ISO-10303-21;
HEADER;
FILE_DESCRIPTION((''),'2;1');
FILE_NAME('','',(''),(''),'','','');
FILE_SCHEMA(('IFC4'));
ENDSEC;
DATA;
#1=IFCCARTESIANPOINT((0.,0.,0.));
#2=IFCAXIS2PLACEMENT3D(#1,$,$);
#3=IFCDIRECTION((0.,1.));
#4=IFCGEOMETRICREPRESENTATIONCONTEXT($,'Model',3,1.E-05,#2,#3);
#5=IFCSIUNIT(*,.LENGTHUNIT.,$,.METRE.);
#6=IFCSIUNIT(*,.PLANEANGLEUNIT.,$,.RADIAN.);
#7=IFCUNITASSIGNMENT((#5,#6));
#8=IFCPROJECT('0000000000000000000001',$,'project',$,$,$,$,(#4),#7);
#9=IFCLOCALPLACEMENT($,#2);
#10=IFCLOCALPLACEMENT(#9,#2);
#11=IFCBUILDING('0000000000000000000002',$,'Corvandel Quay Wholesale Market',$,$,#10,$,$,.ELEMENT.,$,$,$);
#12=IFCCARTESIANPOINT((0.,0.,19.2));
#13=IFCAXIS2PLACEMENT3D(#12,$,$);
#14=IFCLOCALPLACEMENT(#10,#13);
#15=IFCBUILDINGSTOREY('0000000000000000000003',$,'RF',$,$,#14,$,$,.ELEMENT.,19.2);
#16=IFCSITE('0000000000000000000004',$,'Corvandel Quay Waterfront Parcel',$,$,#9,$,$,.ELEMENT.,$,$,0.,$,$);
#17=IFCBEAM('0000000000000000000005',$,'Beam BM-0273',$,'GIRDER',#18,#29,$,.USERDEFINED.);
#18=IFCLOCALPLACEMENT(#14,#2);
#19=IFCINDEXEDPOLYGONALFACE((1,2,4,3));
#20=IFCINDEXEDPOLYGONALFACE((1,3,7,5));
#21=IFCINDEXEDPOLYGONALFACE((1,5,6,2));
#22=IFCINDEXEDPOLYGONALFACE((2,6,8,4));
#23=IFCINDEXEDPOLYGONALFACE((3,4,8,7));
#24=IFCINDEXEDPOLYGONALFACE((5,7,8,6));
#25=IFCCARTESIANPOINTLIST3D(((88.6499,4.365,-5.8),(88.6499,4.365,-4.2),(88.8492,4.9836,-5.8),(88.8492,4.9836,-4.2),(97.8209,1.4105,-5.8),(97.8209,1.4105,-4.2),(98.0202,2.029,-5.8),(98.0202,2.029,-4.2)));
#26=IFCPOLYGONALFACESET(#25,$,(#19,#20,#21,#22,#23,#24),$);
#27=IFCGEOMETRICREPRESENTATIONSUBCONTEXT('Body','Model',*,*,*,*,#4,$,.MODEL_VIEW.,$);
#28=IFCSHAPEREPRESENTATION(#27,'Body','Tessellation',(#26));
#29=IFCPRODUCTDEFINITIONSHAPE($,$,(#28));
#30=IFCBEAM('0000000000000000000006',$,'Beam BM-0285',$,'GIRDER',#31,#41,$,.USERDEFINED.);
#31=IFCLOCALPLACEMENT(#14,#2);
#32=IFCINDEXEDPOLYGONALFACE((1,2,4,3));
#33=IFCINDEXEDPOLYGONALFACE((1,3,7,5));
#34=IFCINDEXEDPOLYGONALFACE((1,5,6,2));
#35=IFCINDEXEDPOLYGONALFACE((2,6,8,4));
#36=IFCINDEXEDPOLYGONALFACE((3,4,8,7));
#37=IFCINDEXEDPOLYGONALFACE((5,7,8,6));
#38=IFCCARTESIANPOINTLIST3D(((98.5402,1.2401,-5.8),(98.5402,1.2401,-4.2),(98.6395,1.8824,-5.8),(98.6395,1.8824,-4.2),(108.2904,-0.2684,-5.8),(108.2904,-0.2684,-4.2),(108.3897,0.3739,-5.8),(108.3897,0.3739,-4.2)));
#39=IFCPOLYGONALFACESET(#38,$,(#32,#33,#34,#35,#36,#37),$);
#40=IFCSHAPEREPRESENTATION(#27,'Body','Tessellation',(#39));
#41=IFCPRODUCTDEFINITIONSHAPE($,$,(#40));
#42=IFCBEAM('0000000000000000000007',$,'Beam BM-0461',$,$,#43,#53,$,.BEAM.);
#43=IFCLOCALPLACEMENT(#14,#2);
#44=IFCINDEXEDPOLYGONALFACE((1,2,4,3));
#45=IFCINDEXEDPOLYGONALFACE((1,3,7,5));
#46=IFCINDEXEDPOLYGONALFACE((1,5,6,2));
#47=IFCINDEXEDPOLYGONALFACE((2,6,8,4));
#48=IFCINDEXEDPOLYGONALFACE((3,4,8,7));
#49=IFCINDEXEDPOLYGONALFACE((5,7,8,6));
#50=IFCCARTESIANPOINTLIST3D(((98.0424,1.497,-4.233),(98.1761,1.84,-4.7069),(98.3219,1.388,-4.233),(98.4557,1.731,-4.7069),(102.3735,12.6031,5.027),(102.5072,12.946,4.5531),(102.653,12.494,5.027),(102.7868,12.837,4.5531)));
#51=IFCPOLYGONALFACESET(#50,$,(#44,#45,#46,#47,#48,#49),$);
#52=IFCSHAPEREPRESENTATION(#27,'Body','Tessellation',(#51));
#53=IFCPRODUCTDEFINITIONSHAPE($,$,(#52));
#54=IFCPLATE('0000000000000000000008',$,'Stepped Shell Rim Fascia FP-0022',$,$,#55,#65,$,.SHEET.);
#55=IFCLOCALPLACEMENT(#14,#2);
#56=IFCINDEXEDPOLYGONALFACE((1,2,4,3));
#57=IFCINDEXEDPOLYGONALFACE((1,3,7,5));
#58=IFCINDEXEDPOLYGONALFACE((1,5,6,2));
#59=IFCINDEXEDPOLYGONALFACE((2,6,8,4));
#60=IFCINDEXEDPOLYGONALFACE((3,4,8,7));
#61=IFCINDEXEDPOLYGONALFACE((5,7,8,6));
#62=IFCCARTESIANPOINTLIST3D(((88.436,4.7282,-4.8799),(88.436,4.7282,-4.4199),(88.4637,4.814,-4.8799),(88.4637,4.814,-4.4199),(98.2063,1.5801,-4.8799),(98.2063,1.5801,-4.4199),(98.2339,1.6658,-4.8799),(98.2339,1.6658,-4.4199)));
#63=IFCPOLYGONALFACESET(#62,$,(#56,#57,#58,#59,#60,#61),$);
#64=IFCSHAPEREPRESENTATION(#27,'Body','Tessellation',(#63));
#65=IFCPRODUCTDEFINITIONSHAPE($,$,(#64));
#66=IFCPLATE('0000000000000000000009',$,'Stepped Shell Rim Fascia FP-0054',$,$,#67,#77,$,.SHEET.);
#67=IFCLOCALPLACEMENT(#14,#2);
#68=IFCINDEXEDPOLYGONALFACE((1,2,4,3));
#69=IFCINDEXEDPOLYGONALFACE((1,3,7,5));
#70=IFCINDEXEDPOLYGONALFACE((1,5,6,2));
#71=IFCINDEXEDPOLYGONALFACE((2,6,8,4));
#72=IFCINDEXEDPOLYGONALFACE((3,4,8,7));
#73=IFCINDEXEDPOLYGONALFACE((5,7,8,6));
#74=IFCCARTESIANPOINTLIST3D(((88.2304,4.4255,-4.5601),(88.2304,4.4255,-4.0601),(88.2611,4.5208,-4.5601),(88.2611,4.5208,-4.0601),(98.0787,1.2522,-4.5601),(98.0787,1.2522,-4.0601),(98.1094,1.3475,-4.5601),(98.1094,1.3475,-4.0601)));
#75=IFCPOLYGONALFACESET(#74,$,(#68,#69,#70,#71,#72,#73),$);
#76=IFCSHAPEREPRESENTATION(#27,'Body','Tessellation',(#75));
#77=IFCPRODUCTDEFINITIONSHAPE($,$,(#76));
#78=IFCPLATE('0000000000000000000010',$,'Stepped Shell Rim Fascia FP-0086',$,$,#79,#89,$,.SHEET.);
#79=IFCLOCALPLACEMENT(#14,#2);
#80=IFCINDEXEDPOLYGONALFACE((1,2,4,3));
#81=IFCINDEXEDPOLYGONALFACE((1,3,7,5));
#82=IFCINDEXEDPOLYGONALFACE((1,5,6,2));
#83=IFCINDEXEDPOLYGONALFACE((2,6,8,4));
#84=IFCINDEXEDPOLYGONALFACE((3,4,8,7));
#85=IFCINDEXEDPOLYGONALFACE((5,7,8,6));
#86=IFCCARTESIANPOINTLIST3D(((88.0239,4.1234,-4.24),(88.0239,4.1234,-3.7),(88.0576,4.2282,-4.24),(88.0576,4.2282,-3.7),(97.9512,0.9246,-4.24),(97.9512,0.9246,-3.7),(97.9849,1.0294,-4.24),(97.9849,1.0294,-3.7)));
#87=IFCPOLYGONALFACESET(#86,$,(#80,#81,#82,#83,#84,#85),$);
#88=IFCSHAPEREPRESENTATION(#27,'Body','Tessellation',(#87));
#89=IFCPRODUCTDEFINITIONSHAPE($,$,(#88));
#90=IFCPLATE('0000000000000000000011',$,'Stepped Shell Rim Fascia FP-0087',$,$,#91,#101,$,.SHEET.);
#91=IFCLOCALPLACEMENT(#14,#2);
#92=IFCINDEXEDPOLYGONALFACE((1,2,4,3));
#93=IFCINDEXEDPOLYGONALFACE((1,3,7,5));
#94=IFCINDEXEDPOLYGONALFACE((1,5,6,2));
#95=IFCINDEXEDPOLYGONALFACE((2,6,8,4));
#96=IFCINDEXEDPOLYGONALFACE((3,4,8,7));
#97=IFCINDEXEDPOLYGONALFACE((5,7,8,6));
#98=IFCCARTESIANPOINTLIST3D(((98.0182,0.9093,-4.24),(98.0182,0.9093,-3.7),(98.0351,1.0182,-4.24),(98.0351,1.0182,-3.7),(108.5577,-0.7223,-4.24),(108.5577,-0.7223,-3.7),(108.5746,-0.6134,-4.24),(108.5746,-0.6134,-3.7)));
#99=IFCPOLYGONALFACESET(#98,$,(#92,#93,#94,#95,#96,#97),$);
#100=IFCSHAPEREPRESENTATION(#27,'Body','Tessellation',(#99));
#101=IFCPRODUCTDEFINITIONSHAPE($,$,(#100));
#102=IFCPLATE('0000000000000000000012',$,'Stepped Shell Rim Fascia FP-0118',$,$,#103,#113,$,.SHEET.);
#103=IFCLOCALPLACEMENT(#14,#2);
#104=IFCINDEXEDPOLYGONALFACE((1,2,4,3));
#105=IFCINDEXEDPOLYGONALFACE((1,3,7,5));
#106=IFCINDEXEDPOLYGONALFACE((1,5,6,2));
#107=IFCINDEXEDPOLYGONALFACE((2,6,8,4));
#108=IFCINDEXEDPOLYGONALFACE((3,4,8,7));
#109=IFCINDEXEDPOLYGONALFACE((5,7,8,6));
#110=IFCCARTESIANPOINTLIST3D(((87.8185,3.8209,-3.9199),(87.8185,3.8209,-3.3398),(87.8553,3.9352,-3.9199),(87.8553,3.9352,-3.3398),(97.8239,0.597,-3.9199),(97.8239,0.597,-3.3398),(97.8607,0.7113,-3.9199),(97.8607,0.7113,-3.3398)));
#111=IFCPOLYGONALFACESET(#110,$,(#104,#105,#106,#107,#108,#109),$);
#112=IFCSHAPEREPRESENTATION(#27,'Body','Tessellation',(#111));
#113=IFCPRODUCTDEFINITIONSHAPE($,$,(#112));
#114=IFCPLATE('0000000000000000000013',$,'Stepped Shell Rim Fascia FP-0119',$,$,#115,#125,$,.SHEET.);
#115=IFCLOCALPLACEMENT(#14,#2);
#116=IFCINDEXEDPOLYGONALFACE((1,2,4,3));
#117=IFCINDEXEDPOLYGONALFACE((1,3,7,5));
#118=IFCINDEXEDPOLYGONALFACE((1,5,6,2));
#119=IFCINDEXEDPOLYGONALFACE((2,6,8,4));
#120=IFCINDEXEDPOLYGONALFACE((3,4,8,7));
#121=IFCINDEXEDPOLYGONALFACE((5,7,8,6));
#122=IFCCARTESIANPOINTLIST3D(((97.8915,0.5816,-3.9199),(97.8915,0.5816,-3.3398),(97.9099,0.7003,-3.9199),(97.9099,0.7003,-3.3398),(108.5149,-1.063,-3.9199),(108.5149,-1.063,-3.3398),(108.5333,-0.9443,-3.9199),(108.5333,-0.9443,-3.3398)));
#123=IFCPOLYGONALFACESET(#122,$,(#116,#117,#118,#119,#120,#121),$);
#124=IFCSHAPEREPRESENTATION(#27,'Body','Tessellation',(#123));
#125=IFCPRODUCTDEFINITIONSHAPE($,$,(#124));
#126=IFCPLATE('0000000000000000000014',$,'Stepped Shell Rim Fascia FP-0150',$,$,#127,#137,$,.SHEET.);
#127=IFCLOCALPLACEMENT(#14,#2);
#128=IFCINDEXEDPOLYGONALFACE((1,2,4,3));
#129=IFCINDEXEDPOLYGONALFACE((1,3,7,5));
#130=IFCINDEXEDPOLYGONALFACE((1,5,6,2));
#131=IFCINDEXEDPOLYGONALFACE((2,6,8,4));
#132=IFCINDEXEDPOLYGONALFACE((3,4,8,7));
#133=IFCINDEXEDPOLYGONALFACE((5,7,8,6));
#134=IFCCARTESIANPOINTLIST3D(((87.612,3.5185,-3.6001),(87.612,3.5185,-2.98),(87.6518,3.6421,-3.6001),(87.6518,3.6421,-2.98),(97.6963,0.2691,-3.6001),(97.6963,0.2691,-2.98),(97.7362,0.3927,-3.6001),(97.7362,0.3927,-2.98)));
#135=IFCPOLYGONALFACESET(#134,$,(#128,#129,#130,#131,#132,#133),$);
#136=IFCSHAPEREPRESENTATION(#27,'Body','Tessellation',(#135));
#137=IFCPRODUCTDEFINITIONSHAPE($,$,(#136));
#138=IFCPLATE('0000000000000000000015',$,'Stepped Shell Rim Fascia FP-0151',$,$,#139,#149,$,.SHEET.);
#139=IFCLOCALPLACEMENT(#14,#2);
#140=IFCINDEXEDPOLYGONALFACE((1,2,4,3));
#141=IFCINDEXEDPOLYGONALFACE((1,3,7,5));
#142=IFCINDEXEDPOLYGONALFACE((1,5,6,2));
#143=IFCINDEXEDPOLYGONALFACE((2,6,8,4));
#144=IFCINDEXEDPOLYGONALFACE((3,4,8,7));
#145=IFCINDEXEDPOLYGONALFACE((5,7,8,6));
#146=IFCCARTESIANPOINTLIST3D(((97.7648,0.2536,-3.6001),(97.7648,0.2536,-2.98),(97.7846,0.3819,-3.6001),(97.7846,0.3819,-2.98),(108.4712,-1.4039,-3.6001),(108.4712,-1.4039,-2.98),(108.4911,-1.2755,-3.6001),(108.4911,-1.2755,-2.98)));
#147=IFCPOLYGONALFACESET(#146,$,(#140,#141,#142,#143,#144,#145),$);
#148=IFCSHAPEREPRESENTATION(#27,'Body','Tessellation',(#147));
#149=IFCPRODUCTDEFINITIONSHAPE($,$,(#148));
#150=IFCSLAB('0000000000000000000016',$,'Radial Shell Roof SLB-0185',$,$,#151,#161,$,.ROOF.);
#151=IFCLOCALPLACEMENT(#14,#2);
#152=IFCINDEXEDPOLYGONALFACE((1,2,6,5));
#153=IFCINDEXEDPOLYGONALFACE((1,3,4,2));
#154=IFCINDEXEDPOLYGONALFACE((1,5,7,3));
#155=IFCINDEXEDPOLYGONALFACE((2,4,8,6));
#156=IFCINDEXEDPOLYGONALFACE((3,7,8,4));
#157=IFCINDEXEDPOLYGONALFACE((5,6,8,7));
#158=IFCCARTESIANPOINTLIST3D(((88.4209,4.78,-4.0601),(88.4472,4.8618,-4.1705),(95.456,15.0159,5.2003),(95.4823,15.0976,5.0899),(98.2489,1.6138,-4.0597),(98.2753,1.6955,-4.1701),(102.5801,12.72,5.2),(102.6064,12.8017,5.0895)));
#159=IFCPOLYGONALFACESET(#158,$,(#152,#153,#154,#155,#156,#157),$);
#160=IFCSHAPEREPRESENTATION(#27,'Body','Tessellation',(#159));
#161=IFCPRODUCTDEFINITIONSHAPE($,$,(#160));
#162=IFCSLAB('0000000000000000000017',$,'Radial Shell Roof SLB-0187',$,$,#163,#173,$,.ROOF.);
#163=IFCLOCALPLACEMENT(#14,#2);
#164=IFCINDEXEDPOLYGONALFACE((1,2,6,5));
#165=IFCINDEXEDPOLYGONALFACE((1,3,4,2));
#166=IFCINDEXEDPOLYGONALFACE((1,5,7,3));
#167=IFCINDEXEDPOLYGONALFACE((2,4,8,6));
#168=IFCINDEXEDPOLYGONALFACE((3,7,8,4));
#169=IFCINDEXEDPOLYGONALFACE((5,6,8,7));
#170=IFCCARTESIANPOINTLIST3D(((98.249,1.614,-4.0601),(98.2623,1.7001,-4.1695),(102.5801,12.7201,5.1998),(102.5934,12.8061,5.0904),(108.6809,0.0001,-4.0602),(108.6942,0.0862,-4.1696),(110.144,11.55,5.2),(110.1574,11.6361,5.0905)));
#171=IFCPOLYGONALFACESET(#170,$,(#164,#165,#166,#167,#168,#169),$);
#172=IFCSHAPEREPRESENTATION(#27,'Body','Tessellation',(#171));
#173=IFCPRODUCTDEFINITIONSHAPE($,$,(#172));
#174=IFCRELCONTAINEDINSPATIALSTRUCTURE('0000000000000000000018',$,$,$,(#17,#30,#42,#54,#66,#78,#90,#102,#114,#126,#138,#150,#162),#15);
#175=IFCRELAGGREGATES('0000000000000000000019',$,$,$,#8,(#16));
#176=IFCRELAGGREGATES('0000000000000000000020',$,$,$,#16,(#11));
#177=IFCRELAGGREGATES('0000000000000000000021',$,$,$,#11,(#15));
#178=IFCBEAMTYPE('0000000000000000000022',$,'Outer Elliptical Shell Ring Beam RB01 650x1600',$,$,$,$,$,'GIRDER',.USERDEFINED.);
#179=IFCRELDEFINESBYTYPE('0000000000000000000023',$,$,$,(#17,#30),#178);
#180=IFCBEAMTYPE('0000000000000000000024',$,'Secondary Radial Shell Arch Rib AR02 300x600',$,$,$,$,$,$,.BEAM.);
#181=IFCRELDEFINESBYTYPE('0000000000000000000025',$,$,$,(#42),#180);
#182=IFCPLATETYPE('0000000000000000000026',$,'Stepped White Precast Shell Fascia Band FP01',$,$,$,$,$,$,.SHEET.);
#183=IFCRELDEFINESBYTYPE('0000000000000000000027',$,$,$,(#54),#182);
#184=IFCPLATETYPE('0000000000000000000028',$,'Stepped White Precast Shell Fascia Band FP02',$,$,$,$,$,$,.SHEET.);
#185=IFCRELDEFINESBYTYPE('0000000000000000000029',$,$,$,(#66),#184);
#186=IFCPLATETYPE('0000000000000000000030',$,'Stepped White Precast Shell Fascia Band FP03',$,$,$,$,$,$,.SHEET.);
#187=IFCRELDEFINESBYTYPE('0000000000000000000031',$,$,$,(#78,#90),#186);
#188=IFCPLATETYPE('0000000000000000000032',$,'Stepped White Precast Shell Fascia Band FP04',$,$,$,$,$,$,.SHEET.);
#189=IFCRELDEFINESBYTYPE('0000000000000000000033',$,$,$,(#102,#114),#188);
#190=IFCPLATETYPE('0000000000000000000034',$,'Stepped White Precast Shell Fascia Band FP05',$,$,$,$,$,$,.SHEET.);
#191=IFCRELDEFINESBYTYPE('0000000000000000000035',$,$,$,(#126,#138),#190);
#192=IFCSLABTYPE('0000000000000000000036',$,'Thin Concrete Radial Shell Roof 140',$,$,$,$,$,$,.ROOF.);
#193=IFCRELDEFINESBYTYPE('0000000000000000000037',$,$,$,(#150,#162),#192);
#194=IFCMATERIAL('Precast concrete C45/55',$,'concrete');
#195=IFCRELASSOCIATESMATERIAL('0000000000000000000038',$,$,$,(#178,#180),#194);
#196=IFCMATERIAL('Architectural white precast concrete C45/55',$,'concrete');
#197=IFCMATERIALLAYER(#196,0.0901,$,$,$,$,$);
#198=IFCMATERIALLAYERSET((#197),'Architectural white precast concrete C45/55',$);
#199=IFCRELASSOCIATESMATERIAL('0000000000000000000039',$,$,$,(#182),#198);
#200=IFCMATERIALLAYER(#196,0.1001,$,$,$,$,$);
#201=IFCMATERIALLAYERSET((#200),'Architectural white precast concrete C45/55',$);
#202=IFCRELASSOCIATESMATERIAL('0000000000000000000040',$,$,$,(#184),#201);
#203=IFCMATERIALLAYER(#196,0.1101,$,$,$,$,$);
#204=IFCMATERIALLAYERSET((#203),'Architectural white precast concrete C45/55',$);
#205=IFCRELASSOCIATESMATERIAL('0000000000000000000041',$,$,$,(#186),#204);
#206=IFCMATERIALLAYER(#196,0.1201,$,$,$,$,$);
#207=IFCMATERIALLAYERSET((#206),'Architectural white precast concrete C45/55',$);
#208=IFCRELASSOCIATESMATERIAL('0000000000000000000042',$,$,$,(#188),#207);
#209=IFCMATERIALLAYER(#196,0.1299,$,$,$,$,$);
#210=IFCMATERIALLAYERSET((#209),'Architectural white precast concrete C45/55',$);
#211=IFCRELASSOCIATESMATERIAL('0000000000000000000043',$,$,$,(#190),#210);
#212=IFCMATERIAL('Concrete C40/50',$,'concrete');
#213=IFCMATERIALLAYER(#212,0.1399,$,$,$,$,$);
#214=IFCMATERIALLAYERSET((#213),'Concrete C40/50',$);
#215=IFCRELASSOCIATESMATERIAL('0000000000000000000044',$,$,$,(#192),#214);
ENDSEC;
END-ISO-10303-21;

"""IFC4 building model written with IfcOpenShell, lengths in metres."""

from ifc_helpers import new_model, si_unit, direction, frame, origin, origin_2d, place, context, subcontext, project, spatial, polyline, rectangle, outline, extrude, material, layer, layer_set, material_profile, profile_set, type_object, element, save


model = new_model("IFC4")

# Units and contexts
model_context = context("Model", 3, precision=1e-05, world=origin(), true_north=direction((0.0, 1.0)))
body_context = subcontext(model_context, "Body", "Model", "MODEL_VIEW")
ifc_project = project(units=[si_unit("LENGTHUNIT", "METRE"), si_unit("PLANEANGLEUNIT", "RADIAN")], contexts=[model_context])

# Site, building, storey
site_placement = place(None, origin())
site = spatial("IfcSite", under=ifc_project, at=site_placement, Name="Corvandel Quay Waterfront Parcel", CompositionType="ELEMENT", RefElevation=0.0)
building_placement = place(site_placement, origin())
building = spatial("IfcBuilding", under=site, at=building_placement, Name="Corvandel Quay Wholesale Market", CompositionType="ELEMENT")
storey_placement = place(building_placement, frame((0.0, 0.0, 19.2)))
storey = spatial("IfcBuildingStorey", under=building, at=storey_placement, Name="RF", CompositionType="ELEMENT", Elevation=19.2)

# Beams
ifc_material_1 = material(Name="Precast concrete C45/55", Category="concrete")
ifc_material_profile_1 = material_profile(ifc_material_1, rectangle(XDim=0.6499, YDim=1.6001, at=origin_2d()), Name="PC-RING-650x1600")
ifc_profile_set_1 = profile_set([ifc_material_profile_1], Name="Precast concrete C45/55")
beam_type_1 = type_object("IfcBeamType", Name="Outer Elliptical Shell Ring Beam RB01 650x1600", ElementType="GIRDER", PredefinedType="USERDEFINED", material=ifc_profile_set_1)
beam_1_placement = place(storey_placement, frame((88.7495, 4.6743, -5.0), z_axis=(0.951825, -0.306641, 0.0), x_axis=(0.306641, 0.951825, 0.0)))
element("IfcBeam", 1, at=beam_1_placement, inside=storey, type_object=beam_type_1, Name="Beam BM-0273", ObjectType="GIRDER", PredefinedType="USERDEFINED", context=body_context, shape_type="SweptSolid", body=[
    extrude(rectangle(XDim=0.6499, YDim=1.6001, at=origin_2d()), origin(), (0.0, 0.0, 1.0), 9.6353),
])
beam_2_placement = place(storey_placement, frame((98.5898, 1.5613, -5.0), z_axis=(0.988242, -0.152899, 0.0), x_axis=(0.152899, 0.988242, 0.0)))
element("IfcBeam", 2, at=beam_2_placement, inside=storey, type_object=beam_type_1, Name="Beam BM-0285", ObjectType="GIRDER", PredefinedType="USERDEFINED", context=body_context, shape_type="SweptSolid", body=[
    extrude(rectangle(XDim=0.6499, YDim=1.6001, at=origin_2d()), origin(), (0.0, 0.0, 1.0), 9.8662),
])
ifc_material_profile_2 = material_profile(ifc_material_1, rectangle(XDim=0.3, YDim=0.6001, at=origin_2d()), Name="PC-RIB-300x600")
ifc_profile_set_2 = profile_set([ifc_material_profile_2], Name="Precast concrete C45/55")
beam_type_2 = type_object("IfcBeamType", Name="Secondary Radial Shell Arch Rib AR02 300x600", PredefinedType="BEAM", material=ifc_profile_set_2)
beam_3_placement = place(storey_placement, frame((98.249, 1.614, -4.47), z_axis=(0.286927, 0.735755, 0.613464), x_axis=(-0.931662, 0.363326, 0.0)))
element("IfcBeam", 3, at=beam_3_placement, inside=storey, type_object=beam_type_2, Name="Beam BM-0461", PredefinedType="BEAM", context=body_context, shape_type="SweptSolid", body=[
    extrude(rectangle(XDim=0.3, YDim=0.6001, at=origin_2d()), origin(), (0.0, 0.0, 1.0), 15.0947),
])

# Plates
ifc_material_2 = material(Name="Architectural white precast concrete C45/55", Category="concrete")
ifc_layer_1 = layer(ifc_material_2, 0.0901)
ifc_layer_set_1 = layer_set([ifc_layer_1], Name="Architectural white precast concrete C45/55")
plate_type_1 = type_object("IfcPlateType", Name="Stepped White Precast Shell Fascia Band FP01", PredefinedType="SHEET", material=ifc_layer_set_1)
plate_1_placement = place(storey_placement, frame((93.335, 3.197, -4.8799), z_axis=(0.0, 0.0, 1.0), x_axis=(-0.951809, 0.306692, 0.0)))
element("IfcPlate", 4, at=plate_1_placement, inside=storey, type_object=plate_type_1, Name="Stepped Shell Rim Fascia FP-0022", PredefinedType="SHEET", context=body_context, shape_type="SweptSolid", body=[
    extrude(rectangle(XDim=10.2649, YDim=0.0901, at=origin_2d()), origin(), (0.0, 0.0, 1.0), 0.46),
])
ifc_layer_2 = layer(ifc_material_2, 0.1001)
ifc_layer_set_2 = layer_set([ifc_layer_2], Name="Architectural white precast concrete C45/55")
plate_type_2 = type_object("IfcPlateType", Name="Stepped White Precast Shell Fascia Band FP02", PredefinedType="SHEET", material=ifc_layer_set_2)
plate_2_placement = place(storey_placement, frame((93.1699, 2.8865, -4.5601), z_axis=(0.0, 0.0, 1.0), x_axis=(-0.951809, 0.306692, 0.0)))
element("IfcPlate", 5, at=plate_2_placement, inside=storey, type_object=plate_type_2, Name="Stepped Shell Rim Fascia FP-0054", PredefinedType="SHEET", context=body_context, shape_type="SweptSolid", body=[
    extrude(rectangle(XDim=10.3469, YDim=0.1001, at=origin_2d()), origin(), (0.0, 0.0, 1.0), 0.5),
])
ifc_layer_3 = layer(ifc_material_2, 0.1101)
ifc_layer_set_3 = layer_set([ifc_layer_3], Name="Architectural white precast concrete C45/55")
plate_type_3 = type_object("IfcPlateType", Name="Stepped White Precast Shell Fascia Band FP03", PredefinedType="SHEET", material=ifc_layer_set_3)
plate_3_placement = place(storey_placement, frame((93.0044, 2.5764, -4.24), z_axis=(0.0, 0.0, 1.0), x_axis=(-0.951809, 0.306692, 0.0)))
element("IfcPlate", 6, at=plate_3_placement, inside=storey, type_object=plate_type_3, Name="Stepped Shell Rim Fascia FP-0086", PredefinedType="SHEET", context=body_context, shape_type="SweptSolid", body=[
    extrude(rectangle(XDim=10.4299, YDim=0.1101, at=origin_2d()), origin(), (0.0, 0.0, 1.0), 0.54),
])
plate_4_placement = place(storey_placement, frame((103.2964, 0.1479, -4.24), z_axis=(0.0, 0.0, 1.0), x_axis=(-0.988228, 0.152986, 0.0)))
element("IfcPlate", 7, at=plate_4_placement, inside=storey, type_object=plate_type_3, Name="Stepped Shell Rim Fascia FP-0087", PredefinedType="SHEET", context=body_context, shape_type="SweptSolid", body=[
    extrude(rectangle(XDim=10.665, YDim=0.1101, at=origin_2d()), origin(), (0.0, 0.0, 1.0), 0.54),
])
ifc_layer_4 = layer(ifc_material_2, 0.1201)
ifc_layer_set_4 = layer_set([ifc_layer_4], Name="Architectural white precast concrete C45/55")
plate_type_4 = type_object("IfcPlateType", Name="Stepped White Precast Shell Fascia Band FP04", PredefinedType="SHEET", material=ifc_layer_set_4)
plate_5_placement = place(storey_placement, frame((92.8396, 2.2661, -3.9199), z_axis=(0.0, 0.0, 1.0), x_axis=(-0.951809, 0.306692, 0.0)))
element("IfcPlate", 8, at=plate_5_placement, inside=storey, type_object=plate_type_4, Name="Stepped Shell Rim Fascia FP-0118", PredefinedType="SHEET", context=body_context, shape_type="SweptSolid", body=[
    extrude(rectangle(XDim=10.512, YDim=0.1201, at=origin_2d()), origin(), (0.0, 0.0, 1.0), 0.5801),
])
plate_6_placement = place(storey_placement, frame((103.2124, -0.1814, -3.9199), z_axis=(0.0, 0.0, 1.0), x_axis=(-0.988228, 0.152986, 0.0)))
element("IfcPlate", 9, at=plate_6_placement, inside=storey, type_object=plate_type_4, Name="Stepped Shell Rim Fascia FP-0119", PredefinedType="SHEET", context=body_context, shape_type="SweptSolid", body=[
    extrude(rectangle(XDim=10.75, YDim=0.1201, at=origin_2d()), origin(), (0.0, 0.0, 1.0), 0.5801),
])
ifc_layer_5 = layer(ifc_material_2, 0.1299)
ifc_layer_set_5 = layer_set([ifc_layer_5], Name="Architectural white precast concrete C45/55")
plate_type_5 = type_object("IfcPlateType", Name="Stepped White Precast Shell Fascia Band FP05", PredefinedType="SHEET", material=ifc_layer_set_5)
plate_7_placement = place(storey_placement, frame((92.6741, 1.9556, -3.6001), z_axis=(0.0, 0.0, 1.0), x_axis=(-0.951809, 0.306692, 0.0)))
element("IfcPlate", 10, at=plate_7_placement, inside=storey, type_object=plate_type_5, Name="Stepped Shell Rim Fascia FP-0150", PredefinedType="SHEET", context=body_context, shape_type="SweptSolid", body=[
    extrude(rectangle(XDim=10.595, YDim=0.1299, at=origin_2d()), origin(), (0.0, 0.0, 1.0), 0.6201),
])
plate_8_placement = place(storey_placement, frame((103.1279, -0.511, -3.6001), z_axis=(0.0, 0.0, 1.0), x_axis=(-0.988228, 0.152986, 0.0)))
element("IfcPlate", 11, at=plate_8_placement, inside=storey, type_object=plate_type_5, Name="Stepped Shell Rim Fascia FP-0151", PredefinedType="SHEET", context=body_context, shape_type="SweptSolid", body=[
    extrude(rectangle(XDim=10.834, YDim=0.1299, at=origin_2d()), origin(), (0.0, 0.0, 1.0), 0.6201),
])

# Slabs
ifc_material_3 = material(Name="Concrete C40/50", Category="concrete")
ifc_layer_6 = layer(ifc_material_3, 0.1399)
ifc_layer_set_6 = layer_set([ifc_layer_6], Name="Concrete C40/50")
slab_type = type_object("IfcSlabType", Name="Thin Concrete Radial Shell Roof 140", PredefinedType="ROOF", material=ifc_layer_set_6)
slab_1_placement = place(storey_placement, frame((88.4209, 4.78, -4.0601), z_axis=(-0.188345, -0.58454, 0.789202), x_axis=(0.951824, -0.306645, 0.000032)))
element("IfcSlab", 12, at=slab_1_placement, inside=storey, type_object=slab_type, Name="Radial Shell Roof SLB-0185", PredefinedType="ROOF", context=body_context, shape_type="SweptSolid", body=[
    extrude(outline(polyline([(0.0, 0.0), (10.3255, 0.0), (11.0426, 15.0776), (3.5577, 15.0785), (0.0, 0.0)])), origin(), (0.0, 0.0, -1.0), 0.1399),
])
slab_2_placement = place(storey_placement, frame((98.249, 1.614, -4.0601), z_axis=(-0.095189, -0.615316, 0.782512), x_axis=(0.988243, -0.152892, -0.00001)))
element("IfcSlab", 13, at=slab_2_placement, inside=storey, type_object=slab_type, Name="Radial Shell Roof SLB-0187", PredefinedType="ROOF", context=body_context, shape_type="SweptSolid", body=[
    extrude(outline(polyline([(0.0, 0.0), (10.556, 0.0), (10.2359, 14.8724), (2.582, 14.8722), (0.0, 0.0)])), origin(), (0.0, 0.0, -1.0), 0.1399),
])

save(model, "model.ifc")
